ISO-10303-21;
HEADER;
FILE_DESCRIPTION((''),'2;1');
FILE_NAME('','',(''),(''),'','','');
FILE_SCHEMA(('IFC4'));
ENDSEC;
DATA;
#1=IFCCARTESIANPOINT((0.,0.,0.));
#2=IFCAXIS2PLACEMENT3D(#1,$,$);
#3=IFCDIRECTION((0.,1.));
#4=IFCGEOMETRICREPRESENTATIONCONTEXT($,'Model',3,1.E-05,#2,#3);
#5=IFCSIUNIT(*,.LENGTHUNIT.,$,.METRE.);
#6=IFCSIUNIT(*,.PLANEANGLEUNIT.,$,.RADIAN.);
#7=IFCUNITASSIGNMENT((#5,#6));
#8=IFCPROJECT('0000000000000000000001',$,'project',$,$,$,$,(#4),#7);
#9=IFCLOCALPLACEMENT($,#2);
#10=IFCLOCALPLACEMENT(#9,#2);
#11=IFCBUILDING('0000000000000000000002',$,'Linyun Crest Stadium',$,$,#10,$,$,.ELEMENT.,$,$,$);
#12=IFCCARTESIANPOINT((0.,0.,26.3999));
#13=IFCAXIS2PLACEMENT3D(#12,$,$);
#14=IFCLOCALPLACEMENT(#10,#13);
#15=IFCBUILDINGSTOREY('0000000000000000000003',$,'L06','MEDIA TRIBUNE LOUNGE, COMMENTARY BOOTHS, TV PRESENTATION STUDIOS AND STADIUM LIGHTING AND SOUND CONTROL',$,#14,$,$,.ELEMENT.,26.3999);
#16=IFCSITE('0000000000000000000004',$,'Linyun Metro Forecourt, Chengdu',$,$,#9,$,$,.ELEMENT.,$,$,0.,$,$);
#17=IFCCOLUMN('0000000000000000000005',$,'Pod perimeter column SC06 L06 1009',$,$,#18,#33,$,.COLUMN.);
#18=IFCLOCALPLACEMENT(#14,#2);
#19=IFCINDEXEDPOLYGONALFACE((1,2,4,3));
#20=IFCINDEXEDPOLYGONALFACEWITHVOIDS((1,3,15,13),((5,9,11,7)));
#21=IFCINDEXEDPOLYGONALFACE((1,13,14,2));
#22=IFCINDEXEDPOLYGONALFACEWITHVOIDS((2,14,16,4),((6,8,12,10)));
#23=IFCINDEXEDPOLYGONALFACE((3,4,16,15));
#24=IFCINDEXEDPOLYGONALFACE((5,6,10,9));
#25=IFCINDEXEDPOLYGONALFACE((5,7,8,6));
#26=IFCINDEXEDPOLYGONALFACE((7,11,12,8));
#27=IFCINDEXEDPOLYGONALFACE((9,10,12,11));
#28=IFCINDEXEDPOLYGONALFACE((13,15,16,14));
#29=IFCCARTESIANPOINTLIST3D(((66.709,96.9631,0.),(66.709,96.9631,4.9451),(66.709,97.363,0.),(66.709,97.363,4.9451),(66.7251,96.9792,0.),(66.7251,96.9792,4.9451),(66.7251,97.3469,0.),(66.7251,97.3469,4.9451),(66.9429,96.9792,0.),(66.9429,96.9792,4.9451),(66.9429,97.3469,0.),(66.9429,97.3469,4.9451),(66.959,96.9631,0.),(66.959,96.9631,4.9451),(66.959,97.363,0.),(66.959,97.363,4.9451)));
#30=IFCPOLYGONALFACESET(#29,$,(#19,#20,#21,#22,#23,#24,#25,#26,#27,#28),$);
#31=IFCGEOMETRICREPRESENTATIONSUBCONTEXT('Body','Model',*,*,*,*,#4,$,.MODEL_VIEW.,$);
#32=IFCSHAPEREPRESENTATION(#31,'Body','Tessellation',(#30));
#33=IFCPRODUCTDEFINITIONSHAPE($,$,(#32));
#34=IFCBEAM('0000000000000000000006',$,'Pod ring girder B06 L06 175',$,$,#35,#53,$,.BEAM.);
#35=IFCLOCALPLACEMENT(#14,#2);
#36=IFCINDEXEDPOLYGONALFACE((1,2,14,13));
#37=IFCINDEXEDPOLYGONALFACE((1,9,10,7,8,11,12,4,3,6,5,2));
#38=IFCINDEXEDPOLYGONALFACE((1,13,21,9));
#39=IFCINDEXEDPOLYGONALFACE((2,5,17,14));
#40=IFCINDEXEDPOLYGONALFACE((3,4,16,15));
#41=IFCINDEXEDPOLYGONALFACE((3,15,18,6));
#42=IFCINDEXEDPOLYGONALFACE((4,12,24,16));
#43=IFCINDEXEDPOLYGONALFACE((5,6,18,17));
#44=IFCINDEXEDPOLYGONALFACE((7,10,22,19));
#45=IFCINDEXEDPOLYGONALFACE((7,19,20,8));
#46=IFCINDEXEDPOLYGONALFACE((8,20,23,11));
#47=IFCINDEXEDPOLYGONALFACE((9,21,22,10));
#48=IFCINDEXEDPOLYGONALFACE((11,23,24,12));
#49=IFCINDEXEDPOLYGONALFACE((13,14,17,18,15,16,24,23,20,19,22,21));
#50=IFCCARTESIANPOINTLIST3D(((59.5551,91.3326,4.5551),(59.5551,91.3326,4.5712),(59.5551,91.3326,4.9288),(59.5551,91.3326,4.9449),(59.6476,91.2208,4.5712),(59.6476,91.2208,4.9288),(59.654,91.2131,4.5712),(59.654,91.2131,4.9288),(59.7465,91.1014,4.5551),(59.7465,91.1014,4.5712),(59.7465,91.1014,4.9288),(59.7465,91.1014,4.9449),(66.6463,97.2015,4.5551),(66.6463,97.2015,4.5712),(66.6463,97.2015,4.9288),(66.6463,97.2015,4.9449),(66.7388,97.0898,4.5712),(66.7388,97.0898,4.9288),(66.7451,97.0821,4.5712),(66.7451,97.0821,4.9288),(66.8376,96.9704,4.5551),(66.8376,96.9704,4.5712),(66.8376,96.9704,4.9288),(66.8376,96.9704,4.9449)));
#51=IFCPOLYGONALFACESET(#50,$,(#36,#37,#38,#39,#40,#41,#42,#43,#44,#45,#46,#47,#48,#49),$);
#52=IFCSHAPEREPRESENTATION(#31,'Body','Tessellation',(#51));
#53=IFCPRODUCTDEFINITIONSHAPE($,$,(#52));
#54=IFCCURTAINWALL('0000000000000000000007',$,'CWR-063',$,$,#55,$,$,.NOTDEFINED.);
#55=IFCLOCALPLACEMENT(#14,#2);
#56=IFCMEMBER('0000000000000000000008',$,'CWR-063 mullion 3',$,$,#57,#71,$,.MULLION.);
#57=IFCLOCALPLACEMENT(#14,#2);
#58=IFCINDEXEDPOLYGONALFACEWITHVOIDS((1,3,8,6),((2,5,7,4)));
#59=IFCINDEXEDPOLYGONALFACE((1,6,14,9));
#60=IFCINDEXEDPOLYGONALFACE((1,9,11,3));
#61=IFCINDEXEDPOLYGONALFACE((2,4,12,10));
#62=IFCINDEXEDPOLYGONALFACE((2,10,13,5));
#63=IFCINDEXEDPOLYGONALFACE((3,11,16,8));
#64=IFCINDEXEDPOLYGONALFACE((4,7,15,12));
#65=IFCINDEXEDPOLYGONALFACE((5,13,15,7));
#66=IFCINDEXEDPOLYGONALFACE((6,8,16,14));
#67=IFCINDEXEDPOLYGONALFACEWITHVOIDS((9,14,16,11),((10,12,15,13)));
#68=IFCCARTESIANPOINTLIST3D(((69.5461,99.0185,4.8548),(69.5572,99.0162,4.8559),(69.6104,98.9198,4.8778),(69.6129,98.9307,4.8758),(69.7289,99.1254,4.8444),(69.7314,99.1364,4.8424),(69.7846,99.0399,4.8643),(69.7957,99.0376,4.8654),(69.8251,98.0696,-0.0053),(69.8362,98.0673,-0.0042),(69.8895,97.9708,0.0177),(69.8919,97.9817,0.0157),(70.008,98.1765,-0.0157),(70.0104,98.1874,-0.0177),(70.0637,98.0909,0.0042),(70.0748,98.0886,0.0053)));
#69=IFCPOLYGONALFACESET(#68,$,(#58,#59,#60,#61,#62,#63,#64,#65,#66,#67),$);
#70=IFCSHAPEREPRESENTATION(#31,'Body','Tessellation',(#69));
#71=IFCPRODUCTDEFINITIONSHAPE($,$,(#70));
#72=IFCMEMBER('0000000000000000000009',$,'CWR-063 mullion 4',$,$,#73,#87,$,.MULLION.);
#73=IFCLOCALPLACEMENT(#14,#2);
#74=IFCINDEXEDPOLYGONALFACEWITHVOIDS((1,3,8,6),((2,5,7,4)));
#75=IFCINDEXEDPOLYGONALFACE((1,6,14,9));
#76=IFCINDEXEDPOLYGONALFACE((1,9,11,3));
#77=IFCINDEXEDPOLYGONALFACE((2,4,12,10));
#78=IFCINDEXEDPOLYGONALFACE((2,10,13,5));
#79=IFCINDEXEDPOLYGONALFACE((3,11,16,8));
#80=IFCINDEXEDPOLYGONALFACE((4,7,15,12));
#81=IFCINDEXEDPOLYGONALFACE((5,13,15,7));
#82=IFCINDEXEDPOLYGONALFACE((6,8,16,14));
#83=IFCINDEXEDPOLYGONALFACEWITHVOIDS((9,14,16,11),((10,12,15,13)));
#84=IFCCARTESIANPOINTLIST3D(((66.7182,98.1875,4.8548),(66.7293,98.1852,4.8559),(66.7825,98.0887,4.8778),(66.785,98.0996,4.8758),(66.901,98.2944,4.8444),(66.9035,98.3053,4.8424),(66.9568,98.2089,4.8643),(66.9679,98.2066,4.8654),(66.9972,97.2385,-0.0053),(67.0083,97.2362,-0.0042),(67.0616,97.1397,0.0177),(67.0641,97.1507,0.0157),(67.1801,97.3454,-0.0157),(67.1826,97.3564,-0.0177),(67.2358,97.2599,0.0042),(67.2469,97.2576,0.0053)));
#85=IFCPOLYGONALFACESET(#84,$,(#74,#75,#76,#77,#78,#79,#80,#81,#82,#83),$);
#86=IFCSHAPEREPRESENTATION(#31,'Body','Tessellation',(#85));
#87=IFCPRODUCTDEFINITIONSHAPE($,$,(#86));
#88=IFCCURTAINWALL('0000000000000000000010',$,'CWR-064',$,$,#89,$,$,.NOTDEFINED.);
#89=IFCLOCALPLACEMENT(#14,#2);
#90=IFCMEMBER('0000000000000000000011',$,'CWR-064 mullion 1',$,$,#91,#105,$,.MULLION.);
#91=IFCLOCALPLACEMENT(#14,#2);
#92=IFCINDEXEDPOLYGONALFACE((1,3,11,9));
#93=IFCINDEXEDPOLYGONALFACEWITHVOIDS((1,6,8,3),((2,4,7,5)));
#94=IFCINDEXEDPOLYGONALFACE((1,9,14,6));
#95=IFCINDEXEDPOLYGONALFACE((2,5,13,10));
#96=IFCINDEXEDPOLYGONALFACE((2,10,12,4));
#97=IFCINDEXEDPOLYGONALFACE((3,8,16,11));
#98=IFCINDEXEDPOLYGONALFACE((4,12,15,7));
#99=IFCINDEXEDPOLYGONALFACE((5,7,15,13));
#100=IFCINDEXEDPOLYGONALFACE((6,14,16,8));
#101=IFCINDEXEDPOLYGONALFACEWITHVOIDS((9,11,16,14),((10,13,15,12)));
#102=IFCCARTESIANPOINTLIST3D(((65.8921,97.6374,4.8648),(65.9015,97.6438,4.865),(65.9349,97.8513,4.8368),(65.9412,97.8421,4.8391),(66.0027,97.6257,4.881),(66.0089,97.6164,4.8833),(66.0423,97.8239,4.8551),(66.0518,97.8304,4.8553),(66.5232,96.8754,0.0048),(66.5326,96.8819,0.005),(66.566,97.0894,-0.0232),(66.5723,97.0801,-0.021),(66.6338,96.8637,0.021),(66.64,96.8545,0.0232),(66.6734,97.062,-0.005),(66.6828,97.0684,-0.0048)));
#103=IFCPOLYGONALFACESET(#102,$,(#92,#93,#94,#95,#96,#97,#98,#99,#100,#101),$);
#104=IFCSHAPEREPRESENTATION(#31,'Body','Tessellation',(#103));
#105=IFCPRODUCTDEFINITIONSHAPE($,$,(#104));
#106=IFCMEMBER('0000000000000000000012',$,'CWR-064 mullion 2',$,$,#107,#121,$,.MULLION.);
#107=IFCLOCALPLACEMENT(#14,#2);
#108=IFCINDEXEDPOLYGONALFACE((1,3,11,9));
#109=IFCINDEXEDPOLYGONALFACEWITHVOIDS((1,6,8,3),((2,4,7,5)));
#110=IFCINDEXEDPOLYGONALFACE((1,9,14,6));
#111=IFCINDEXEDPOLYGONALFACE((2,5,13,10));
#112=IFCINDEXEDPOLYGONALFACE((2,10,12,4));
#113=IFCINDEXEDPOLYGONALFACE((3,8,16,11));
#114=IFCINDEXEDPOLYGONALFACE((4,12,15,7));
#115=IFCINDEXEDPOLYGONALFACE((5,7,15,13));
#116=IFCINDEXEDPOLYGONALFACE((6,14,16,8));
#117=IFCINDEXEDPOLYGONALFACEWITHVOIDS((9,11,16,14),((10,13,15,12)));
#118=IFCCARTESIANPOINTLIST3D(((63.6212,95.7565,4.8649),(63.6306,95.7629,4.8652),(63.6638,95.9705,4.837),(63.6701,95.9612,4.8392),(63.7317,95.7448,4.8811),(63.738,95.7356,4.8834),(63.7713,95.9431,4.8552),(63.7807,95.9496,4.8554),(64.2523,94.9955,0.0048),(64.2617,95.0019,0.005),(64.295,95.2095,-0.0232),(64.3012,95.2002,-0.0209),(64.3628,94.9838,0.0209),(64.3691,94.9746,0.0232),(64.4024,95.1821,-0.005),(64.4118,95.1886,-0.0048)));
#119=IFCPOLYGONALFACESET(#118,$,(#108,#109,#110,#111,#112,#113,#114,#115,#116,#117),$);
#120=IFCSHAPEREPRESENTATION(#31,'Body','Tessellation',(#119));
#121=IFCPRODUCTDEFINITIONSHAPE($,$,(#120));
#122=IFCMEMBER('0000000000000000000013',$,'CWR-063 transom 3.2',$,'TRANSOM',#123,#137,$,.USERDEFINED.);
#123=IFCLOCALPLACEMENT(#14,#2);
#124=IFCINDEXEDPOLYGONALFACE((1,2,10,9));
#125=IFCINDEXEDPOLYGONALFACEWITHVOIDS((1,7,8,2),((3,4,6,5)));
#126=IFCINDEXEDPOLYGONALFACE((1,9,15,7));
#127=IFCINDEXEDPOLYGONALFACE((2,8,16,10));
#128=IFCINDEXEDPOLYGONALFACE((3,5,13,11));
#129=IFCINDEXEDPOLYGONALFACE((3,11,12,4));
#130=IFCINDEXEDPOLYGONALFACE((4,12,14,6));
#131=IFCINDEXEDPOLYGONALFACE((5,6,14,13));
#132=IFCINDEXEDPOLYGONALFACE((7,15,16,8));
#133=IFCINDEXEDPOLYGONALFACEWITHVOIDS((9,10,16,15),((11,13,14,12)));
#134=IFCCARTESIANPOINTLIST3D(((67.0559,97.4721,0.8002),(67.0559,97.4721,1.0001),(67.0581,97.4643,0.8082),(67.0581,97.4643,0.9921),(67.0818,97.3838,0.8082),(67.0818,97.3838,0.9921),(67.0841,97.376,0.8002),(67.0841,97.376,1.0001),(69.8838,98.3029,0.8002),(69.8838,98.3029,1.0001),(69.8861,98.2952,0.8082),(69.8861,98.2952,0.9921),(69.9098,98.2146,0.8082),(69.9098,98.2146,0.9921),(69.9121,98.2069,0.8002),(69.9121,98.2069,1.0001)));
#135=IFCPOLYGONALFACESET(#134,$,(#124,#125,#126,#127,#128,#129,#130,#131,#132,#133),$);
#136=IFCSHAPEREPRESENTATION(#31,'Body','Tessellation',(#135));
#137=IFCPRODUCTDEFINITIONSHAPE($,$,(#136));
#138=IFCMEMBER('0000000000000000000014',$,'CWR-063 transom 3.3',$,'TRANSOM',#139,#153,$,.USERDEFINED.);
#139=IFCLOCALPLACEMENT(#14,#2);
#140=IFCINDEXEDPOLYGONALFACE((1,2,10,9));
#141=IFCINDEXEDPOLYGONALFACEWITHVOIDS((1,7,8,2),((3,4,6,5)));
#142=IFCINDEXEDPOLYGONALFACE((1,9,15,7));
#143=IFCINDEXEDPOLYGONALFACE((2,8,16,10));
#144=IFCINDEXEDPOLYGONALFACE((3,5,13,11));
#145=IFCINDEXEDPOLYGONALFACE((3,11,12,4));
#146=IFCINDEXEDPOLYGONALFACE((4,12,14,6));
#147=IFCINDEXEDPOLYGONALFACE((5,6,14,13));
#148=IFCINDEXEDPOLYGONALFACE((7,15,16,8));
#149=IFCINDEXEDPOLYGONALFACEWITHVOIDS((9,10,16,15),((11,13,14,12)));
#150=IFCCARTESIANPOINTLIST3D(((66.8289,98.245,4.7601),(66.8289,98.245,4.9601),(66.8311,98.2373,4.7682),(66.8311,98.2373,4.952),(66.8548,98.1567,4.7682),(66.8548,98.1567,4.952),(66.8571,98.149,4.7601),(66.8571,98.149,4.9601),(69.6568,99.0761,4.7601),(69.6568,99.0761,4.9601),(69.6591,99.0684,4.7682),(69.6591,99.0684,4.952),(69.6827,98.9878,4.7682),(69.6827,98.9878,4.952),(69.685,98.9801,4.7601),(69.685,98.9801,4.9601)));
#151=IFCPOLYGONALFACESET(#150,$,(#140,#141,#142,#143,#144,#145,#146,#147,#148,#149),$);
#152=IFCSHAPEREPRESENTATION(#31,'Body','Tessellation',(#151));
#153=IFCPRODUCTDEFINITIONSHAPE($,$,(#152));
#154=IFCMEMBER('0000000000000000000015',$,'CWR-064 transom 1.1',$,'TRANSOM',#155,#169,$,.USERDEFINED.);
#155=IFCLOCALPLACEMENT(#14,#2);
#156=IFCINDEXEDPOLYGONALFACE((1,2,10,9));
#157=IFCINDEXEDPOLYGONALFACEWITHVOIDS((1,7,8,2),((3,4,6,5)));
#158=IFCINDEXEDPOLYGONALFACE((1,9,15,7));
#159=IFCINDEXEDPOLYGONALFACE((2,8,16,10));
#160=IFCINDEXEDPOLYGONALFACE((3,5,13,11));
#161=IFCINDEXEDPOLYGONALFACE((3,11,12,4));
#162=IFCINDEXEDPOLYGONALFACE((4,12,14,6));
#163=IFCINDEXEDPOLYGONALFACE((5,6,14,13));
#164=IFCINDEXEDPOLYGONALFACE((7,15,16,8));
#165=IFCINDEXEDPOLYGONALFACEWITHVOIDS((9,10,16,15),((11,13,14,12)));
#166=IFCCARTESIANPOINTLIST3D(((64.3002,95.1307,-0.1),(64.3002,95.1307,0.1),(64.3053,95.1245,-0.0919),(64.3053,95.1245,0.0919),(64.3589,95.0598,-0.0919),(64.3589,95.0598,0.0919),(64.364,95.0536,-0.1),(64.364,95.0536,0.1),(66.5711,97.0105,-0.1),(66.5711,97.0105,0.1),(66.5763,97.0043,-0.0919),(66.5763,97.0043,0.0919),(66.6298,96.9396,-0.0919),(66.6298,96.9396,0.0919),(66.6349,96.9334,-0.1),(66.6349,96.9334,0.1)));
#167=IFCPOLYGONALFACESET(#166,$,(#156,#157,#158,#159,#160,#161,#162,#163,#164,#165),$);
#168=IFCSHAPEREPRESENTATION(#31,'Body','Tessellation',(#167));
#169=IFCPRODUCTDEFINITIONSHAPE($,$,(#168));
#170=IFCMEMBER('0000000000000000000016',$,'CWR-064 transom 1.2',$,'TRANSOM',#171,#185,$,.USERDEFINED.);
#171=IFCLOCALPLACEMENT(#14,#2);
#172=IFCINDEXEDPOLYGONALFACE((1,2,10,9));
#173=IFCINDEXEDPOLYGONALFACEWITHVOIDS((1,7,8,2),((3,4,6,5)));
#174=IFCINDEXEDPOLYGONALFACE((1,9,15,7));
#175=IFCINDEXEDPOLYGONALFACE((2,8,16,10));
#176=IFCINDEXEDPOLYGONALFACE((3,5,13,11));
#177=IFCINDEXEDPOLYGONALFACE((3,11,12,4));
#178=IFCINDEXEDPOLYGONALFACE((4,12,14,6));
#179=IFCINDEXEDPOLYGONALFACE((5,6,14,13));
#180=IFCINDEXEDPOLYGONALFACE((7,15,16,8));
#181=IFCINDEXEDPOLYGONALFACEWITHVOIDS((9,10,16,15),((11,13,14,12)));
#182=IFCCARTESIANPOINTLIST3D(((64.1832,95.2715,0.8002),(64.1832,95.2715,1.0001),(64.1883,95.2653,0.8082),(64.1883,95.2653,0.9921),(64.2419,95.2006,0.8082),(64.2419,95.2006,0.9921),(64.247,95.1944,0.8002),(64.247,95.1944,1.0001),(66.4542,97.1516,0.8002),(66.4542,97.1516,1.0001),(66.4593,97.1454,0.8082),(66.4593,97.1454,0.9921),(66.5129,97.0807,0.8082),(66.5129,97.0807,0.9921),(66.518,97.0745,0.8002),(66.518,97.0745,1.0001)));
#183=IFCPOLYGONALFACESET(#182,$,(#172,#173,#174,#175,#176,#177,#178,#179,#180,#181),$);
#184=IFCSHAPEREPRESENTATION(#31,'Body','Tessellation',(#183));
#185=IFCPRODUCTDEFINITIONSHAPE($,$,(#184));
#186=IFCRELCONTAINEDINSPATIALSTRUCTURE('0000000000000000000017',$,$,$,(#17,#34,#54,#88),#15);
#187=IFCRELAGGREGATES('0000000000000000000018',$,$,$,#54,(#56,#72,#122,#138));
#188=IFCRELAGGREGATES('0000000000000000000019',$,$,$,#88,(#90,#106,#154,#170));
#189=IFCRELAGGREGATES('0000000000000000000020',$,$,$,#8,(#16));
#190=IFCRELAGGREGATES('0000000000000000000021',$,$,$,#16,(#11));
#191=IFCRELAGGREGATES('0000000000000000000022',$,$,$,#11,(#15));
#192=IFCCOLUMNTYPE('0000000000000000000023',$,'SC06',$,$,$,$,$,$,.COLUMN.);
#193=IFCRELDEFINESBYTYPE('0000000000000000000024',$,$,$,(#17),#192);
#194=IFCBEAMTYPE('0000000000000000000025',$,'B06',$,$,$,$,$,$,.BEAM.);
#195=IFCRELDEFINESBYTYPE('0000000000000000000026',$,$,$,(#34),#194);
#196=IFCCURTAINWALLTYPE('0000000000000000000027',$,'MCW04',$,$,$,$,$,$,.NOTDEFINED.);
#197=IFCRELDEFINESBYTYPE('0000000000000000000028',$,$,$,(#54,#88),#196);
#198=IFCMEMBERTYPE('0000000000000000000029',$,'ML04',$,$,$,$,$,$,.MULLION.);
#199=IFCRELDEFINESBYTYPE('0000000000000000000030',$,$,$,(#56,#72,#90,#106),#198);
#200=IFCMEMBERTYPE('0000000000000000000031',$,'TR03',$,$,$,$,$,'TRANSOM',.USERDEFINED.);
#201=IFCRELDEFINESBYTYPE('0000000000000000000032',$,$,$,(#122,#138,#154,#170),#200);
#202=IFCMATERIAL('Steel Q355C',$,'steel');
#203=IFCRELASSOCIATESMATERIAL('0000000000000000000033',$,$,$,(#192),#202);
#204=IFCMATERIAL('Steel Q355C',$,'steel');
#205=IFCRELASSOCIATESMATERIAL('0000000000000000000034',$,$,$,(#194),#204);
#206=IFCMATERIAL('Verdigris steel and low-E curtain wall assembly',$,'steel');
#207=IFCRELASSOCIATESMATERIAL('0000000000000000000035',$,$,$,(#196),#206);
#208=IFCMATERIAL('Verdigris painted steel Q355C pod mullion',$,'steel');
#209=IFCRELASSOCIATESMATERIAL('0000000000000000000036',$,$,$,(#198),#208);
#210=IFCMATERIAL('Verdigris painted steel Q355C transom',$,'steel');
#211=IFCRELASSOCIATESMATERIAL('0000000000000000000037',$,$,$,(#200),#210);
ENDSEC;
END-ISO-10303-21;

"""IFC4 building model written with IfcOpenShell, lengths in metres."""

from ifc_helpers import new_model, si_unit, direction, frame, origin, origin_2d, place, context, subcontext, project, spatial, hollow_rectangle, i_section, extrude, material, material_profile, profile_set, type_object, element, aggregate, save


model = new_model("IFC4")

# Units and contexts
model_context = context("Model", 3, precision=1e-05, world=origin(), true_north=direction((0.0, 1.0)))
body_context = subcontext(model_context, "Body", "Model", "MODEL_VIEW")
ifc_project = project(units=[si_unit("LENGTHUNIT", "METRE"), si_unit("PLANEANGLEUNIT", "RADIAN")], contexts=[model_context])

# Site, building, storey
site_placement = place(None, origin())
site = spatial("IfcSite", under=ifc_project, at=site_placement, Name="Linyun Metro Forecourt, Chengdu", CompositionType="ELEMENT", RefElevation=0.0)
building_placement = place(site_placement, origin())
building = spatial("IfcBuilding", under=site, at=building_placement, Name="Linyun Crest Stadium", CompositionType="ELEMENT")
storey_placement = place(building_placement, frame((0.0, 0.0, 26.3999)))
storey = spatial("IfcBuildingStorey", under=building, at=storey_placement, Name="L06", Description="MEDIA TRIBUNE LOUNGE, COMMENTARY BOOTHS, TV PRESENTATION STUDIOS AND STADIUM LIGHTING AND SOUND CONTROL", CompositionType="ELEMENT", Elevation=26.3999)

# Column
ifc_material_1 = material(Name="Steel Q355C", Category="steel")
ifc_material_profile_1 = material_profile(ifc_material_1, hollow_rectangle(XDim=0.25, YDim=0.3999, WallThickness=0.0161, at=origin_2d()), Name="RHS 400x250x16")
ifc_profile_set_1 = profile_set([ifc_material_profile_1], Name="Steel Q355C")
column_type = type_object("IfcColumnType", Name="SC06", PredefinedType="COLUMN", material=ifc_profile_set_1)
column_placement = place(storey_placement, frame((66.834, 97.1631, 0.0), z_axis=(0.0, 0.0, 1.0), x_axis=(1.0, 0.0, 0.0)))
element("IfcColumn", 1, at=column_placement, inside=storey, type_object=column_type, Name="Pod perimeter column SC06 L06 1009", PredefinedType="COLUMN", context=body_context, shape_type="SweptSolid", body=[
    extrude(hollow_rectangle(XDim=0.25, YDim=0.3999, WallThickness=0.0161, at=origin_2d()), origin(), (0.0, 0.0, 1.0), 4.9451),
])

# Beam
ifc_material_2 = material(Name="Steel Q355C", Category="steel")
ifc_material_profile_2 = material_profile(ifc_material_2, i_section(OverallWidth=0.3, OverallDepth=0.3899, WebThickness=0.01, FlangeThickness=0.0161, at=origin_2d()), Name="HM 390x300")
ifc_profile_set_2 = profile_set([ifc_material_profile_2], Name="Steel Q355C")
beam_type = type_object("IfcBeamType", Name="B06", PredefinedType="BEAM", material=ifc_profile_set_2)
beam_placement = place(storey_placement, frame((66.7419, 97.0859, 4.75), z_axis=(-0.770371, -0.637595, 0.0), x_axis=(0.637595, -0.770371, 0.0)))
element("IfcBeam", 2, at=beam_placement, inside=storey, type_object=beam_type, Name="Pod ring girder B06 L06 175", PredefinedType="BEAM", context=body_context, shape_type="SweptSolid", body=[
    extrude(i_section(OverallWidth=0.3, OverallDepth=0.3899, WebThickness=0.01, FlangeThickness=0.0161, at=origin_2d()), origin(), (0.0, 0.0, 1.0), 9.2048),
])

# Curtain walls, members
ifc_material_3 = material(Name="Verdigris steel and low-E curtain wall assembly", Category="steel")
curtain_wall_type = type_object("IfcCurtainWallType", Name="MCW04", PredefinedType="NOTDEFINED", material=ifc_material_3)
curtain_wall_1_placement = place(storey_placement, origin())
curtain_wall_1 = element("IfcCurtainWall", 3, at=curtain_wall_1_placement, inside=storey, type_object=curtain_wall_type, Name="CWR-063", PredefinedType="NOTDEFINED")
ifc_material_4 = material(Name="Verdigris painted steel Q355C pod mullion", Category="steel")
ifc_material_profile_3 = material_profile(ifc_material_4, hollow_rectangle(XDim=0.1201, YDim=0.22, WallThickness=0.0081, at=origin_2d()), Name="RHS 220x120x8")
ifc_profile_set_3 = profile_set([ifc_material_profile_3], Name="Verdigris painted steel Q355C pod mullion")
member_type_1 = type_object("IfcMemberType", Name="ML04", PredefinedType="MULLION", material=ifc_profile_set_3)
member_1_placement = place(storey_placement, frame((69.95, 98.0791, 0.0), z_axis=(-0.056264, 0.191335, 0.979911), x_axis=(-0.535777, 0.822394, -0.191342)))
member_1 = element("IfcMember", 4, at=member_1_placement, type_object=member_type_1, Name="CWR-063 mullion 3", PredefinedType="MULLION", context=body_context, shape_type="SweptSolid", body=[
    extrude(hollow_rectangle(XDim=0.1201, YDim=0.22, WallThickness=0.0081, at=origin_2d()), origin(), (0.0, 0.0, 1.0), 4.9597),
])
member_2_placement = place(storey_placement, frame((67.1221, 97.248, 0.0), z_axis=(-0.056264, 0.191335, 0.979911), x_axis=(-0.535777, 0.822394, -0.191342)))
member_2 = element("IfcMember", 5, at=member_2_placement, type_object=member_type_1, Name="CWR-063 mullion 4", PredefinedType="MULLION", context=body_context, shape_type="SweptSolid", body=[
    extrude(hollow_rectangle(XDim=0.1201, YDim=0.22, WallThickness=0.0081, at=origin_2d()), origin(), (0.0, 0.0, 1.0), 4.9597),
])
curtain_wall_2_placement = place(storey_placement, origin())
curtain_wall_2 = element("IfcCurtainWall", 6, at=curtain_wall_2_placement, inside=storey, type_object=curtain_wall_type, Name="CWR-064", PredefinedType="NOTDEFINED")
member_3_placement = place(storey_placement, frame((66.603, 96.9719, 0.0), z_axis=(-0.127244, 0.153628, 0.979902), x_axis=(-0.972587, 0.174539, -0.153658)))
member_3 = element("IfcMember", 7, at=member_3_placement, type_object=member_type_1, Name="CWR-064 mullion 1", PredefinedType="MULLION", context=body_context, shape_type="SweptSolid", body=[
    extrude(hollow_rectangle(XDim=0.1201, YDim=0.22, WallThickness=0.0081, at=origin_2d()), origin(), (0.0, 0.0, 1.0), 4.9597),
])
member_4_placement = place(storey_placement, frame((64.332, 95.092, 0.0), z_axis=(-0.127248, 0.153436, 0.979931), x_axis=(-0.972711, 0.173944, -0.153546)))
member_4 = element("IfcMember", 8, at=member_4_placement, type_object=member_type_1, Name="CWR-064 mullion 2", PredefinedType="MULLION", context=body_context, shape_type="SweptSolid", body=[
    extrude(hollow_rectangle(XDim=0.1201, YDim=0.22, WallThickness=0.0081, at=origin_2d()), origin(), (0.0, 0.0, 1.0), 4.9597),
])

# Members
ifc_material_5 = material(Name="Verdigris painted steel Q355C transom", Category="steel")
ifc_material_profile_4 = material_profile(ifc_material_5, hollow_rectangle(XDim=0.1001, YDim=0.2, WallThickness=0.0081, at=origin_2d()), Name="RHS 200x100x8")
ifc_profile_set_4 = profile_set([ifc_material_profile_4], Name="Verdigris painted steel Q355C transom")
member_type_2 = type_object("IfcMemberType", Name="TR03", ElementType="TRANSOM", PredefinedType="USERDEFINED", material=ifc_profile_set_4)
member_5_placement = place(storey_placement, frame((69.8979, 98.2549, 0.9001), z_axis=(-0.95945, -0.281879, 0.0), x_axis=(0.281879, -0.95945, 0.0)))
member_5 = element("IfcMember", 9, at=member_5_placement, type_object=member_type_2, Name="CWR-063 transom 3.2", ObjectType="TRANSOM", PredefinedType="USERDEFINED", context=body_context, shape_type="SweptSolid", body=[
    extrude(hollow_rectangle(XDim=0.1001, YDim=0.2, WallThickness=0.0081, at=origin_2d()), origin(), (0.0, 0.0, 1.0), 2.9475),
])
member_6_placement = place(storey_placement, frame((69.6709, 99.0281, 4.8601), z_axis=(-0.959427, -0.281956, 0.0), x_axis=(0.281956, -0.959427, 0.0)))
member_6 = element("IfcMember", 10, at=member_6_placement, type_object=member_type_2, Name="CWR-063 transom 3.3", ObjectType="TRANSOM", PredefinedType="USERDEFINED", context=body_context, shape_type="SweptSolid", body=[
    extrude(hollow_rectangle(XDim=0.1001, YDim=0.2, WallThickness=0.0081, at=origin_2d()), origin(), (0.0, 0.0, 1.0), 2.9475),
])
member_7_placement = place(storey_placement, frame((66.603, 96.9719, 0.0), z_axis=(-0.770321, -0.637656, 0.0), x_axis=(0.637656, -0.770321, 0.0)))
member_7 = element("IfcMember", 11, at=member_7_placement, type_object=member_type_2, Name="CWR-064 transom 1.1", ObjectType="TRANSOM", PredefinedType="USERDEFINED", context=body_context, shape_type="SweptSolid", body=[
    extrude(hollow_rectangle(XDim=0.1001, YDim=0.2, WallThickness=0.0081, at=origin_2d()), origin(), (0.0, 0.0, 1.0), 2.948),
])
member_8_placement = place(storey_placement, frame((66.4861, 97.113, 0.9001), z_axis=(-0.770281, -0.637705, 0.0), x_axis=(0.637705, -0.770281, 0.0)))
member_8 = element("IfcMember", 12, at=member_8_placement, type_object=member_type_2, Name="CWR-064 transom 1.2", ObjectType="TRANSOM", PredefinedType="USERDEFINED", context=body_context, shape_type="SweptSolid", body=[
    extrude(hollow_rectangle(XDim=0.1001, YDim=0.2, WallThickness=0.0081, at=origin_2d()), origin(), (0.0, 0.0, 1.0), 2.9482),
])

aggregate(curtain_wall_1, [member_1, member_2, member_5, member_6])
aggregate(curtain_wall_2, [member_3, member_4, member_7, member_8])

save(model, "model.ifc")
